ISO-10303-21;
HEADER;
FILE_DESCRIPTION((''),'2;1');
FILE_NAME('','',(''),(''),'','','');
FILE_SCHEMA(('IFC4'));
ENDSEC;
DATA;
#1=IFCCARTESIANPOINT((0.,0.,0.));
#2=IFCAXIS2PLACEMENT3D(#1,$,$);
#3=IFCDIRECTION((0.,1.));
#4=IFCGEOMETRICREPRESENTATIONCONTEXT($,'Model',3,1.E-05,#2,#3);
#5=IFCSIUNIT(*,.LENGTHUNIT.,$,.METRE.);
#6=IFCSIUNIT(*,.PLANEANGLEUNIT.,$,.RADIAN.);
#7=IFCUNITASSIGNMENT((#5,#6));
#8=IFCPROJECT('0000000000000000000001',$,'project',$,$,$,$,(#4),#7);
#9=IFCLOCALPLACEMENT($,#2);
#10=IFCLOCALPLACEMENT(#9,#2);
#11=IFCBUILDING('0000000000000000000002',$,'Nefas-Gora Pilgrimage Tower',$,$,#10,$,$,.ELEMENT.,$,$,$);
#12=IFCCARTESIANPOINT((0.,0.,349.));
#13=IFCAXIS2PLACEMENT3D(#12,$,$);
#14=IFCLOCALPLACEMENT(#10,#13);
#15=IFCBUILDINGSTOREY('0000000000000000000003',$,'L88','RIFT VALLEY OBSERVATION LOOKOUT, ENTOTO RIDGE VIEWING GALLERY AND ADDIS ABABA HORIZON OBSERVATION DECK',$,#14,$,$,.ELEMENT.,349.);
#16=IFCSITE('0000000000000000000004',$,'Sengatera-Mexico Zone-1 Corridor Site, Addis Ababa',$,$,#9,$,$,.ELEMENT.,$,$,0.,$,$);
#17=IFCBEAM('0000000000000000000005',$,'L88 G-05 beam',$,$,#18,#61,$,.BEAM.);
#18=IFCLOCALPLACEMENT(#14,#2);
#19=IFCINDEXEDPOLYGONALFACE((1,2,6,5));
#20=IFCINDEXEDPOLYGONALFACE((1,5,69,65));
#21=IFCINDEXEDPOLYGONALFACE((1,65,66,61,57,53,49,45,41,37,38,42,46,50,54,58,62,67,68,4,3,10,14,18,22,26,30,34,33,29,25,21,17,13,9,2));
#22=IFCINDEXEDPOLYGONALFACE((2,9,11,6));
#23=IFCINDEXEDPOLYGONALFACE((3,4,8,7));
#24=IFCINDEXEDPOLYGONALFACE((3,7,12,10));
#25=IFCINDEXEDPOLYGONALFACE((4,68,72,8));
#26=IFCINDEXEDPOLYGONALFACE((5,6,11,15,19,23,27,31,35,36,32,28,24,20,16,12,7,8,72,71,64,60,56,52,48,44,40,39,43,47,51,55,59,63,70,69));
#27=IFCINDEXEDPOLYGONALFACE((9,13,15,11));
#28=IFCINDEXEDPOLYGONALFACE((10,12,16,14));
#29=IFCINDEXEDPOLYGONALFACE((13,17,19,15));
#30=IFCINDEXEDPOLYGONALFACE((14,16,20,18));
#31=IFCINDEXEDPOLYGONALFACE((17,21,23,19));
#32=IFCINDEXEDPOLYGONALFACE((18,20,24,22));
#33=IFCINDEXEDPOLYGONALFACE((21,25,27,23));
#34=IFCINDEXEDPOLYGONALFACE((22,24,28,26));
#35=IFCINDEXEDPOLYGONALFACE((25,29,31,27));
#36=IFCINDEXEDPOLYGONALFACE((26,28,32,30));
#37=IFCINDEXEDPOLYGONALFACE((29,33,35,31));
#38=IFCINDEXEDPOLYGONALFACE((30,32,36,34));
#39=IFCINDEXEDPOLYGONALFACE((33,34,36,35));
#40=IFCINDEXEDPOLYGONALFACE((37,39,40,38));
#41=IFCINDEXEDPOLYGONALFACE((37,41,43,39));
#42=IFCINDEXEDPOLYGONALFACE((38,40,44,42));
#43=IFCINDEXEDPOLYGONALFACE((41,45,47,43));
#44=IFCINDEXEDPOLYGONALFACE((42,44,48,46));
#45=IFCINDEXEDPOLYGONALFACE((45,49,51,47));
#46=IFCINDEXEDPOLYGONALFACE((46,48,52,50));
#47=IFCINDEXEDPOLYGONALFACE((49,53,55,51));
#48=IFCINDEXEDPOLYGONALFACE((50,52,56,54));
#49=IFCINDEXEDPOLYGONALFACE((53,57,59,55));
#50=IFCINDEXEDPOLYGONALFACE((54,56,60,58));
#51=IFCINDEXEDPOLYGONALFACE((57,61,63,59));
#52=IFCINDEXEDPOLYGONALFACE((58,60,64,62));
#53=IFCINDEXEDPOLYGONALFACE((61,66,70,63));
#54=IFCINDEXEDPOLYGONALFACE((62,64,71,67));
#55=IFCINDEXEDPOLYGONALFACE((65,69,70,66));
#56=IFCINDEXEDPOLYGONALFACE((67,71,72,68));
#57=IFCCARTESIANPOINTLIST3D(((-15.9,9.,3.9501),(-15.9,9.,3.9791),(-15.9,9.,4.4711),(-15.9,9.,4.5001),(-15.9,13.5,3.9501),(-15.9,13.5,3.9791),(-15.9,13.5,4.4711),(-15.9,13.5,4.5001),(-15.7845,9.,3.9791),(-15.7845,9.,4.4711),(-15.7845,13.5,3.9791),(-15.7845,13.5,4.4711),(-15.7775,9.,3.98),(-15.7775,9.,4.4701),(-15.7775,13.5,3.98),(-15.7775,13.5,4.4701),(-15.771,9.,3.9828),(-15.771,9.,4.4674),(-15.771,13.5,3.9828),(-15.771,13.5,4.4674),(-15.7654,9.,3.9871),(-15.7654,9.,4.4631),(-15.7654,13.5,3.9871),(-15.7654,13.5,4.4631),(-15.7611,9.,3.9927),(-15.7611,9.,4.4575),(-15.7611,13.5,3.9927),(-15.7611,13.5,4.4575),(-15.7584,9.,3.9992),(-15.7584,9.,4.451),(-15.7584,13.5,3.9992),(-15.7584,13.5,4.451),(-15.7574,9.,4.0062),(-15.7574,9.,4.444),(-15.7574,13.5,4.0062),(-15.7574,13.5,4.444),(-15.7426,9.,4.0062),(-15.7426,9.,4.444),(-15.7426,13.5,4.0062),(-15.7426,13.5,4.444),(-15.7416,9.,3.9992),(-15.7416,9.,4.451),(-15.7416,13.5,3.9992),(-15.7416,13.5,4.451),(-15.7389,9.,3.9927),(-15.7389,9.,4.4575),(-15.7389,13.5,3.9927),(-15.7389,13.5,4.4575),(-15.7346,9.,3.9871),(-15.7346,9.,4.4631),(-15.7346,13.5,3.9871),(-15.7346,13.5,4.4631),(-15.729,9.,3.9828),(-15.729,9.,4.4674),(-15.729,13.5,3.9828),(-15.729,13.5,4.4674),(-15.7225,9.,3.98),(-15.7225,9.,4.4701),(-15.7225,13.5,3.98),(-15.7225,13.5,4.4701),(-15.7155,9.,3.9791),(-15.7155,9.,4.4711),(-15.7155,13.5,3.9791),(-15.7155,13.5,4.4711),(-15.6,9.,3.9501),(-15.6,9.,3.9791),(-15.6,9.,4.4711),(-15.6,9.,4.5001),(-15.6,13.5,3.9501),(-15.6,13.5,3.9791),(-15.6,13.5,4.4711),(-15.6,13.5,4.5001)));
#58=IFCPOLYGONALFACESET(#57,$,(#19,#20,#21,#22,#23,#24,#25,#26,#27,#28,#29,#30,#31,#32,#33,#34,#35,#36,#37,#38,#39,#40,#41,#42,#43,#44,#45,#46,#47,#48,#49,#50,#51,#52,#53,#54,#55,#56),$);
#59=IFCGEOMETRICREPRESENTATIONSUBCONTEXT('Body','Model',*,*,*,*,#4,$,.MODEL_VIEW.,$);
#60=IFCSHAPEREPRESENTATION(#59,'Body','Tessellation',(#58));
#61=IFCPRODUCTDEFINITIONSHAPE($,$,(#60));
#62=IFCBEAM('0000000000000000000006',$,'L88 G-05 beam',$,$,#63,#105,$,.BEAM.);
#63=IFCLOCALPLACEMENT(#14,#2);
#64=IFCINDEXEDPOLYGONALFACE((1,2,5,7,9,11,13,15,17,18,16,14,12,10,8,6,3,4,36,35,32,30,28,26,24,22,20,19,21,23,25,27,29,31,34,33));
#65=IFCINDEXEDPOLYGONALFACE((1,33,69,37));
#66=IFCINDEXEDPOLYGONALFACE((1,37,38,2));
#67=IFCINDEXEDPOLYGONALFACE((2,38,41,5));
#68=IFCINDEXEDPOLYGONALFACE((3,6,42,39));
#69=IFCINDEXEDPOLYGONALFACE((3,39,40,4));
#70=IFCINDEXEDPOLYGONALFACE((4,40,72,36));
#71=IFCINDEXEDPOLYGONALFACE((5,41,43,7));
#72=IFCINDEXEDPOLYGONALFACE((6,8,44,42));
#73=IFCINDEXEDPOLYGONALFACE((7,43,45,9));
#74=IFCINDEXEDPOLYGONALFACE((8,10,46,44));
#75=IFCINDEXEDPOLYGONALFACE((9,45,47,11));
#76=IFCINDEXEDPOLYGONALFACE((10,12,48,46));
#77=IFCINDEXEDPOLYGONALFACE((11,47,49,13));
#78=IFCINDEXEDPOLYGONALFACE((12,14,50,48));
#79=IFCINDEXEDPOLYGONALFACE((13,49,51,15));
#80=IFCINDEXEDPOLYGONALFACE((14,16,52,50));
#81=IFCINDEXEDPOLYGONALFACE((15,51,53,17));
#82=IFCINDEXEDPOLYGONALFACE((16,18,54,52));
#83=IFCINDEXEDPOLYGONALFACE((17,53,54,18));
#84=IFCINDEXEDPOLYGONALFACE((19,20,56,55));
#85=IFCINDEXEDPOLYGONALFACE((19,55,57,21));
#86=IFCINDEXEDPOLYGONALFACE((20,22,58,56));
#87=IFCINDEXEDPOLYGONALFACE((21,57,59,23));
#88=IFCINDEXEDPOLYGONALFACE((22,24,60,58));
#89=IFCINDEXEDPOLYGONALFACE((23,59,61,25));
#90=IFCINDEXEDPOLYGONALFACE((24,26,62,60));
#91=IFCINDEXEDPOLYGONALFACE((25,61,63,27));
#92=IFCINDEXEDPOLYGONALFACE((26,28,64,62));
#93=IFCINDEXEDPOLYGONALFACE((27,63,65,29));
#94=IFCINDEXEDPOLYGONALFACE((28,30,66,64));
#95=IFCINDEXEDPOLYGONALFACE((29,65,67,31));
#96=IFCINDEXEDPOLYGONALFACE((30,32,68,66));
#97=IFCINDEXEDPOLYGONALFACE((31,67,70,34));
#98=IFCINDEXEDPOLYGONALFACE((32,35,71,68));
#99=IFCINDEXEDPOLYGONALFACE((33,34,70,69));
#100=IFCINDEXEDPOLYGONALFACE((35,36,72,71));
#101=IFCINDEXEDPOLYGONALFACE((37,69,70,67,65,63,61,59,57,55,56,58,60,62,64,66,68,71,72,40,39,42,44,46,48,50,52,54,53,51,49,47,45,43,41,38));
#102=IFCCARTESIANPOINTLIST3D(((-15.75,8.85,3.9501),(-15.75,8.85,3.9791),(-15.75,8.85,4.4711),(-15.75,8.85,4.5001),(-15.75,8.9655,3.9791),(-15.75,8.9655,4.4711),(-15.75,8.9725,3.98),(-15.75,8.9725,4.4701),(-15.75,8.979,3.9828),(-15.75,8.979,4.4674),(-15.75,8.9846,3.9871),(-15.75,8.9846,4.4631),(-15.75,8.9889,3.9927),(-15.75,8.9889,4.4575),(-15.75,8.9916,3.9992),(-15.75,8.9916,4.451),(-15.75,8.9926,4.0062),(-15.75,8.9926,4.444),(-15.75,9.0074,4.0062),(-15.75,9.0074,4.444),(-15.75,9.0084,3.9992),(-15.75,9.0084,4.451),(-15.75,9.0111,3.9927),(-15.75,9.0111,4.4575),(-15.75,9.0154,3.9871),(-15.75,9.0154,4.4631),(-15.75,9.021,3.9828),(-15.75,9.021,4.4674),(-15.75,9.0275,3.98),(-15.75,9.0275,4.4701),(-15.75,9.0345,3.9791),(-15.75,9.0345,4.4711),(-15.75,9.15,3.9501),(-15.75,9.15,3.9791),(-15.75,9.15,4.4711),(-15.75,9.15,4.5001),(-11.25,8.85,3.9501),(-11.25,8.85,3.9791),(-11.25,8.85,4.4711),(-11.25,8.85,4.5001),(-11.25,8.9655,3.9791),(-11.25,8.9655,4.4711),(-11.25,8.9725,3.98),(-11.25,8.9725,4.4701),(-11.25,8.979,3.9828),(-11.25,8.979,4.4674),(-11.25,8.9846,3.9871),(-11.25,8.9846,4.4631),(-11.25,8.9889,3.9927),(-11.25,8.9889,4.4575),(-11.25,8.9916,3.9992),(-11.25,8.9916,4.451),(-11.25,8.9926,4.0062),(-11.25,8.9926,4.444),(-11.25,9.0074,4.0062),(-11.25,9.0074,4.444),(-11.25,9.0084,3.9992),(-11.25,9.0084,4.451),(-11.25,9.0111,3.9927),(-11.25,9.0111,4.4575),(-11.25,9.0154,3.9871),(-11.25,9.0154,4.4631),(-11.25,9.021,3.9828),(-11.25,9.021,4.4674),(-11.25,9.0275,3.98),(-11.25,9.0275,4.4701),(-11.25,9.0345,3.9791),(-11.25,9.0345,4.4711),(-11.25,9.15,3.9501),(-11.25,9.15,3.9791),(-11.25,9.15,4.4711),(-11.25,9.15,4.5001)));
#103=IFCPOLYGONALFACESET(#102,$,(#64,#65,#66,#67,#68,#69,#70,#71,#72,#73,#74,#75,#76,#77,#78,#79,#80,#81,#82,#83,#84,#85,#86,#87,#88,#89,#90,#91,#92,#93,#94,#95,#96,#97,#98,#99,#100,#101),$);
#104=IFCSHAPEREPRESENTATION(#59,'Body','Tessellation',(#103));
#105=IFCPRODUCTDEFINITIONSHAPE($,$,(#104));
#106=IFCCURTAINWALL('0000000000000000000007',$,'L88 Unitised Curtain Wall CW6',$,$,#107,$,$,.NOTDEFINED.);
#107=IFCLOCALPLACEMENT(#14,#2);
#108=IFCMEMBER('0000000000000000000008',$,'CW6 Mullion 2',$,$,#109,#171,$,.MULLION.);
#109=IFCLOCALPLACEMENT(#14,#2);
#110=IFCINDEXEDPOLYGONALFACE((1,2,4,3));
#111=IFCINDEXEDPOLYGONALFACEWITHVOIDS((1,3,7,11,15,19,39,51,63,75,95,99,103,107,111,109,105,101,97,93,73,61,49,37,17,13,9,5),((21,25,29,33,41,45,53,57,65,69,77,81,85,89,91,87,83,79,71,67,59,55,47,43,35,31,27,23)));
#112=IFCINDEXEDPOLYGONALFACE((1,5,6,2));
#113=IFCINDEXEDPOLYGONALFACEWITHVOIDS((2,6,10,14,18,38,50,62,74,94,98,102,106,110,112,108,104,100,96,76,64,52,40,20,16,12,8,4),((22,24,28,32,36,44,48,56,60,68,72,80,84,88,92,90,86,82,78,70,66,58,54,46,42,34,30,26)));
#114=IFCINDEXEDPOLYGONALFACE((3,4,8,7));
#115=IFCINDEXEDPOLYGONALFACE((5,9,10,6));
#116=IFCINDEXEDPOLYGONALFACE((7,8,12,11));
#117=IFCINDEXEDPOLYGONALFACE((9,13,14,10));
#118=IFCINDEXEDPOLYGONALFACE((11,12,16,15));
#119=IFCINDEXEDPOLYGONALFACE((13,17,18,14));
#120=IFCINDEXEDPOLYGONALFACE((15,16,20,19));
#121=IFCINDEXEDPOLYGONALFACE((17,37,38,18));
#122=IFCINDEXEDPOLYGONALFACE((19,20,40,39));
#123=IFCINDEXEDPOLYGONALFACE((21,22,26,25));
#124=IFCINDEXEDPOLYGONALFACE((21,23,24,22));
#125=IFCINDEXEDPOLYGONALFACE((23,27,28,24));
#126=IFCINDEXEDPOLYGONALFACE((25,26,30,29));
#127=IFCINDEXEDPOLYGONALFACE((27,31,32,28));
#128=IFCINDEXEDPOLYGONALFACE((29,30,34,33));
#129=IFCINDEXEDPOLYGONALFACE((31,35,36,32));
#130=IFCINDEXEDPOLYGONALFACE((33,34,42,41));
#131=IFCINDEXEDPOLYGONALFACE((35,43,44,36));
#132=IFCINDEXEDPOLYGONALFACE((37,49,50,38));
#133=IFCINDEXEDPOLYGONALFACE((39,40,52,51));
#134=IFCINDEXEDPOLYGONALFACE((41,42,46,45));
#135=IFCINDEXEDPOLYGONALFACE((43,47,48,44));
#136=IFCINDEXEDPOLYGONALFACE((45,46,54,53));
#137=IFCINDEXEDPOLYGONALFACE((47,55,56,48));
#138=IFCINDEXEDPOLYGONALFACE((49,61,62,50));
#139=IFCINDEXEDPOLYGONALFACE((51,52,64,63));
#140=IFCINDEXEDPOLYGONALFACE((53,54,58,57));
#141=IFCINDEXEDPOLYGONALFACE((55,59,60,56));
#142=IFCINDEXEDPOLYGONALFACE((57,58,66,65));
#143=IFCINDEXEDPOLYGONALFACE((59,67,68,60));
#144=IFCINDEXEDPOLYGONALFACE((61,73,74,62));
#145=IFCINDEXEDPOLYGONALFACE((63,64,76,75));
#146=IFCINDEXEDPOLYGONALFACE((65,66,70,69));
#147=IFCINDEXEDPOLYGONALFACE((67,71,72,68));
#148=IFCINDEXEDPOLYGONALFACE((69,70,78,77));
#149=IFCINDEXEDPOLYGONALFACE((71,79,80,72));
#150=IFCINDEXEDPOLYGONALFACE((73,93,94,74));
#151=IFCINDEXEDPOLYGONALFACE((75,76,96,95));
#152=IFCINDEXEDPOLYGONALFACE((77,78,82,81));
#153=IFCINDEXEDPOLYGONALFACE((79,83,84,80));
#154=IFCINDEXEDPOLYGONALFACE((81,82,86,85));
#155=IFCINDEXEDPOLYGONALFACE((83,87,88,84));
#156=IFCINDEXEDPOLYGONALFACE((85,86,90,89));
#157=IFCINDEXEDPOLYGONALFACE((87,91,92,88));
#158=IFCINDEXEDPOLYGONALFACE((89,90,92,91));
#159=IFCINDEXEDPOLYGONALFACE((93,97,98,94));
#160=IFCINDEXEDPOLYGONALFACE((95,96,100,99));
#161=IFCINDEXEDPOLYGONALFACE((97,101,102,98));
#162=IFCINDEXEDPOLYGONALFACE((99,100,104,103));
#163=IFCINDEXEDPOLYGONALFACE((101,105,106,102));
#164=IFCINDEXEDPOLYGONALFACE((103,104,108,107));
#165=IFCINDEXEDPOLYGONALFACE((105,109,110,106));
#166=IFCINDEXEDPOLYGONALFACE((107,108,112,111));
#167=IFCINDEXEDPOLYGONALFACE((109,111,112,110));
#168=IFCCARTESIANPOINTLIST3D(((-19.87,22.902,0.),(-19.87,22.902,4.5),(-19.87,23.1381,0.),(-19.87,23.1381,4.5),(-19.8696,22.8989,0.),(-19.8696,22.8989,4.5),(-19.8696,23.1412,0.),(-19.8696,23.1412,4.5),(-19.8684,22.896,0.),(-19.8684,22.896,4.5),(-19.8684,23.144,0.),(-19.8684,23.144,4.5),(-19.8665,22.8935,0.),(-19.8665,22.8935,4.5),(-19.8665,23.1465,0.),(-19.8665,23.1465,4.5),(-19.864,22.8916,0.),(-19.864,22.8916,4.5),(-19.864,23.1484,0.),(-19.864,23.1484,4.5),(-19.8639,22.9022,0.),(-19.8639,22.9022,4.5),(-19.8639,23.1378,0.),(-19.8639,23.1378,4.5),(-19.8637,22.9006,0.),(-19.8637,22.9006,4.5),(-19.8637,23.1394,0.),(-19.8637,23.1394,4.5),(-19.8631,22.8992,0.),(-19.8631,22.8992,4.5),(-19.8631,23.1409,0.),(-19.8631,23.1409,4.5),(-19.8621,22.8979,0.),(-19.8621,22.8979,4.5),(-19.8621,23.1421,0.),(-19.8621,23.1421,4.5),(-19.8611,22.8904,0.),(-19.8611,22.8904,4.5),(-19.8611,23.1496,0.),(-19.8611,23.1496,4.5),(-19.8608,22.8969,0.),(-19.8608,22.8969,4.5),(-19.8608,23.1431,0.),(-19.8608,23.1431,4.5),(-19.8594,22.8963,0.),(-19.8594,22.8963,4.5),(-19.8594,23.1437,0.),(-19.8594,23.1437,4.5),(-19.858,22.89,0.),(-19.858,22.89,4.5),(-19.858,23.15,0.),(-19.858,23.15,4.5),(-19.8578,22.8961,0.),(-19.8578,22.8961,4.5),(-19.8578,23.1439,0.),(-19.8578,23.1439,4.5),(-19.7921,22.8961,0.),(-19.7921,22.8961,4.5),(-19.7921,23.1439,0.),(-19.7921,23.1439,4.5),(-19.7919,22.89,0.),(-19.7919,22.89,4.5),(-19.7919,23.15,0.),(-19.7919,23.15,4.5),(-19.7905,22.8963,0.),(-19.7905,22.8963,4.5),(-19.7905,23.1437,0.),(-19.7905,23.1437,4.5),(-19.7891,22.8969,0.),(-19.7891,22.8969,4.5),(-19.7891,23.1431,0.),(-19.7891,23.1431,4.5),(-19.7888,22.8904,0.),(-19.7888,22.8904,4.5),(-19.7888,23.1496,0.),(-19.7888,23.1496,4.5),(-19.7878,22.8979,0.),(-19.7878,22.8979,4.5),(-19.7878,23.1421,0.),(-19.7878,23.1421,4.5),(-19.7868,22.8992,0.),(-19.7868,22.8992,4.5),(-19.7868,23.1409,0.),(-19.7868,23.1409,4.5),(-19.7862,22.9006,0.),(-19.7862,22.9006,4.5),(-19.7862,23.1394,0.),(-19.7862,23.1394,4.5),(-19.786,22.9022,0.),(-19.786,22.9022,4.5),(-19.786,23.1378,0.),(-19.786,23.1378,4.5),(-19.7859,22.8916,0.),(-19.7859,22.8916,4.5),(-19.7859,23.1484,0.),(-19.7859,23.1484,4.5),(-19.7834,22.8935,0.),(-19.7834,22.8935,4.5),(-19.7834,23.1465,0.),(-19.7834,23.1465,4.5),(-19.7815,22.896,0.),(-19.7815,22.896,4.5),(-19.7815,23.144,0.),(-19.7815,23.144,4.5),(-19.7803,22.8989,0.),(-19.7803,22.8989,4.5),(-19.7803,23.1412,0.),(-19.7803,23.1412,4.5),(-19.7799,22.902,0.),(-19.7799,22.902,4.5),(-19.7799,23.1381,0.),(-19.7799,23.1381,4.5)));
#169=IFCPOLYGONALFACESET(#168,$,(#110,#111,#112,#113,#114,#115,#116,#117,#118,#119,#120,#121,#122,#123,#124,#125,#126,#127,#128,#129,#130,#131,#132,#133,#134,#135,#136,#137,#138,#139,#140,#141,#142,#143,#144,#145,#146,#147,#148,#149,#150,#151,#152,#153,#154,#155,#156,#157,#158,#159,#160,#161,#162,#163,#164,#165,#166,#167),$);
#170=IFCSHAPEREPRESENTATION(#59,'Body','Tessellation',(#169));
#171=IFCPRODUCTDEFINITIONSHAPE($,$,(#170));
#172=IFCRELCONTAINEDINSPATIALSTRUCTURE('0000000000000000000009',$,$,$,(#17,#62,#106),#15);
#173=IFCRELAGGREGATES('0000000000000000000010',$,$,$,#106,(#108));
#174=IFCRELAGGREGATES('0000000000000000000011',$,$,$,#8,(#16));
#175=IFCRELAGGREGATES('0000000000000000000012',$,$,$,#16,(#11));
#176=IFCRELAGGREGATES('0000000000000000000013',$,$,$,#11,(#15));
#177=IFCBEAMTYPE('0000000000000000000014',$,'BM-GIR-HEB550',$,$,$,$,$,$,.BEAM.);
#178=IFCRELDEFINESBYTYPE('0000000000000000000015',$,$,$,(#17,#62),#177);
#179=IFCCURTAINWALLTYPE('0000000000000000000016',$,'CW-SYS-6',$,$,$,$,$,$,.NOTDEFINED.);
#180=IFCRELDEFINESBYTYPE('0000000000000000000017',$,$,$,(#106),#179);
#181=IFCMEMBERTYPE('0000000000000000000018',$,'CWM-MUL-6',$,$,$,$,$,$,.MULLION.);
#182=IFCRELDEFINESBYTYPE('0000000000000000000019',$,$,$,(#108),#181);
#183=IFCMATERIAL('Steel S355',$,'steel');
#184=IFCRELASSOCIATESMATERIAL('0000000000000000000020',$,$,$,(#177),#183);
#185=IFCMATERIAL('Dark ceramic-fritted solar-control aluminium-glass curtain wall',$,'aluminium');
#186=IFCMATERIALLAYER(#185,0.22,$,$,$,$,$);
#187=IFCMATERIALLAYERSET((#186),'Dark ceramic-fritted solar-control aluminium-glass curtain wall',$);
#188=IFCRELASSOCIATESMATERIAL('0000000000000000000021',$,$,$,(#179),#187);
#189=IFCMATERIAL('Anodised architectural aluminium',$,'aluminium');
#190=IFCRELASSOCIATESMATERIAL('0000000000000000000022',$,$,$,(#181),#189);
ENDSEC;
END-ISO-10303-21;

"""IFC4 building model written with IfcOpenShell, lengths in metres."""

from ifc_helpers import new_model, si_unit, direction, frame, origin, origin_2d, place, context, subcontext, project, spatial, hollow_rectangle, i_section, extrude, source, transform, mapped, material, layer, layer_set, material_profile, profile_set, type_object, element, aggregate, save


model = new_model("IFC4")

# Units and contexts
model_context = context("Model", 3, precision=1e-05, world=origin(), true_north=direction((0.0, 1.0)))
body_context = subcontext(model_context, "Body", "Model", "MODEL_VIEW")
ifc_project = project(units=[si_unit("LENGTHUNIT", "METRE"), si_unit("PLANEANGLEUNIT", "RADIAN")], contexts=[model_context])

# Site, building, storey
site_placement = place(None, origin())
site = spatial("IfcSite", under=ifc_project, at=site_placement, Name="Sengatera-Mexico Zone-1 Corridor Site, Addis Ababa", CompositionType="ELEMENT", RefElevation=0.0)
building_placement = place(site_placement, origin())
building = spatial("IfcBuilding", under=site, at=building_placement, Name="Nefas-Gora Pilgrimage Tower", CompositionType="ELEMENT")
storey_placement = place(building_placement, frame((0.0, 0.0, 349.0)))
storey = spatial("IfcBuildingStorey", under=building, at=storey_placement, Name="L88", Description="RIFT VALLEY OBSERVATION LOOKOUT, ENTOTO RIDGE VIEWING GALLERY AND ADDIS ABABA HORIZON OBSERVATION DECK", CompositionType="ELEMENT", Elevation=349.0)

# Shared definitions
ifc_material_1 = material(Name="Steel S355", Category="steel")

# Beams
ifc_material_profile_1 = material_profile(ifc_material_1, i_section(OverallWidth=0.3, OverallDepth=0.55, WebThickness=0.0149, FlangeThickness=0.0291, FilletRadius=0.0271, at=origin_2d()), Name="HEB 550")
ifc_profile_set_1 = profile_set([ifc_material_profile_1], Name="Steel S355")
beam_type_1 = type_object("IfcBeamType", Name="BM-GIR-HEB550", PredefinedType="BEAM", material=ifc_profile_set_1)
shared_shape_1 = source(origin(), body_context, "Body", "SweptSolid", [
    extrude(i_section(OverallWidth=0.3, OverallDepth=0.55, WebThickness=0.0149, FlangeThickness=0.0291, FilletRadius=0.0271, at=origin_2d()), origin(), (0.0, 0.0, 1.0), 4.5),
])
for number, where, z_axis, x_axis, name in (
    (1, (-15.75, 9.0, 4.2251), (0.0, 1.0, 0.0), (-1.0, 0.0, 0.0), "L88 G-05 beam"),
    (2, (-15.75, 9.0, 4.2251), (1.0, 0.0, 0.0), (0.0, 1.0, 0.0), "L88 G-05 beam"),
):
    element("IfcBeam", number, at=place(storey_placement, frame(where, z_axis=z_axis, x_axis=x_axis)), inside=storey, type_object=beam_type_1, Name=name, PredefinedType="BEAM", context=body_context, shape_type="MappedRepresentation", body=[
        mapped(shared_shape_1, transform((0.0, 0.0, 0.0), x_axis=(1.0, 0.0, 0.0), y_axis=(0.0, 1.0, 0.0), z_axis=(0.0, 0.0, 1.0), scale=1.0)),
    ])

# Curtain wall, member
ifc_material_2 = material(Name="Dark ceramic-fritted solar-control aluminium-glass curtain wall", Category="aluminium")
ifc_layer_1 = layer(ifc_material_2, 0.22)
ifc_layer_set_1 = layer_set([ifc_layer_1], Name="Dark ceramic-fritted solar-control aluminium-glass curtain wall")
curtain_wall_type = type_object("IfcCurtainWallType", Name="CW-SYS-6", PredefinedType="NOTDEFINED", material=ifc_layer_set_1)
curtain_wall_1_placement = place(storey_placement, origin())
curtain_wall_1 = element("IfcCurtainWall", 3, at=curtain_wall_1_placement, inside=storey, type_object=curtain_wall_type, Name="L88 Unitised Curtain Wall CW6", PredefinedType="NOTDEFINED")
ifc_material_3 = material(Name="Anodised architectural aluminium", Category="aluminium")
ifc_material_profile_2 = material_profile(ifc_material_3, hollow_rectangle(XDim=0.0901, YDim=0.26, WallThickness=0.0061, InnerFilletRadius=0.0061, OuterFilletRadius=0.012, at=origin_2d()), Name="ALU MULLION 90x260")
ifc_profile_set_2 = profile_set([ifc_material_profile_2], Name="Anodised architectural aluminium")
member_type_1 = type_object("IfcMemberType", Name="CWM-MUL-6", PredefinedType="MULLION", material=ifc_profile_set_2)
shared_shape_2 = source(origin(), body_context, "Body", "SweptSolid", [
    extrude(hollow_rectangle(XDim=0.0901, YDim=0.26, WallThickness=0.0061, InnerFilletRadius=0.0061, OuterFilletRadius=0.012, at=origin_2d()), origin(), (0.0, 0.0, 1.0), 4.5),
])
member_1_placement = place(storey_placement, frame((-19.825, 23.02, 0.0), z_axis=(0.0, 0.0, 1.0), x_axis=(-1.0, 0.0, 0.0)))
member_1 = element("IfcMember", 4, at=member_1_placement, type_object=member_type_1, Name="CW6 Mullion 2", PredefinedType="MULLION", context=body_context, shape_type="MappedRepresentation", body=[
    mapped(shared_shape_2, transform((0.0, 0.0, 0.0), x_axis=(1.0, 0.0, 0.0), y_axis=(0.0, 1.0, 0.0), z_axis=(0.0, 0.0, 1.0), scale=1.0)),
])
aggregate(curtain_wall_1, [member_1])

save(model, "model.ifc")
